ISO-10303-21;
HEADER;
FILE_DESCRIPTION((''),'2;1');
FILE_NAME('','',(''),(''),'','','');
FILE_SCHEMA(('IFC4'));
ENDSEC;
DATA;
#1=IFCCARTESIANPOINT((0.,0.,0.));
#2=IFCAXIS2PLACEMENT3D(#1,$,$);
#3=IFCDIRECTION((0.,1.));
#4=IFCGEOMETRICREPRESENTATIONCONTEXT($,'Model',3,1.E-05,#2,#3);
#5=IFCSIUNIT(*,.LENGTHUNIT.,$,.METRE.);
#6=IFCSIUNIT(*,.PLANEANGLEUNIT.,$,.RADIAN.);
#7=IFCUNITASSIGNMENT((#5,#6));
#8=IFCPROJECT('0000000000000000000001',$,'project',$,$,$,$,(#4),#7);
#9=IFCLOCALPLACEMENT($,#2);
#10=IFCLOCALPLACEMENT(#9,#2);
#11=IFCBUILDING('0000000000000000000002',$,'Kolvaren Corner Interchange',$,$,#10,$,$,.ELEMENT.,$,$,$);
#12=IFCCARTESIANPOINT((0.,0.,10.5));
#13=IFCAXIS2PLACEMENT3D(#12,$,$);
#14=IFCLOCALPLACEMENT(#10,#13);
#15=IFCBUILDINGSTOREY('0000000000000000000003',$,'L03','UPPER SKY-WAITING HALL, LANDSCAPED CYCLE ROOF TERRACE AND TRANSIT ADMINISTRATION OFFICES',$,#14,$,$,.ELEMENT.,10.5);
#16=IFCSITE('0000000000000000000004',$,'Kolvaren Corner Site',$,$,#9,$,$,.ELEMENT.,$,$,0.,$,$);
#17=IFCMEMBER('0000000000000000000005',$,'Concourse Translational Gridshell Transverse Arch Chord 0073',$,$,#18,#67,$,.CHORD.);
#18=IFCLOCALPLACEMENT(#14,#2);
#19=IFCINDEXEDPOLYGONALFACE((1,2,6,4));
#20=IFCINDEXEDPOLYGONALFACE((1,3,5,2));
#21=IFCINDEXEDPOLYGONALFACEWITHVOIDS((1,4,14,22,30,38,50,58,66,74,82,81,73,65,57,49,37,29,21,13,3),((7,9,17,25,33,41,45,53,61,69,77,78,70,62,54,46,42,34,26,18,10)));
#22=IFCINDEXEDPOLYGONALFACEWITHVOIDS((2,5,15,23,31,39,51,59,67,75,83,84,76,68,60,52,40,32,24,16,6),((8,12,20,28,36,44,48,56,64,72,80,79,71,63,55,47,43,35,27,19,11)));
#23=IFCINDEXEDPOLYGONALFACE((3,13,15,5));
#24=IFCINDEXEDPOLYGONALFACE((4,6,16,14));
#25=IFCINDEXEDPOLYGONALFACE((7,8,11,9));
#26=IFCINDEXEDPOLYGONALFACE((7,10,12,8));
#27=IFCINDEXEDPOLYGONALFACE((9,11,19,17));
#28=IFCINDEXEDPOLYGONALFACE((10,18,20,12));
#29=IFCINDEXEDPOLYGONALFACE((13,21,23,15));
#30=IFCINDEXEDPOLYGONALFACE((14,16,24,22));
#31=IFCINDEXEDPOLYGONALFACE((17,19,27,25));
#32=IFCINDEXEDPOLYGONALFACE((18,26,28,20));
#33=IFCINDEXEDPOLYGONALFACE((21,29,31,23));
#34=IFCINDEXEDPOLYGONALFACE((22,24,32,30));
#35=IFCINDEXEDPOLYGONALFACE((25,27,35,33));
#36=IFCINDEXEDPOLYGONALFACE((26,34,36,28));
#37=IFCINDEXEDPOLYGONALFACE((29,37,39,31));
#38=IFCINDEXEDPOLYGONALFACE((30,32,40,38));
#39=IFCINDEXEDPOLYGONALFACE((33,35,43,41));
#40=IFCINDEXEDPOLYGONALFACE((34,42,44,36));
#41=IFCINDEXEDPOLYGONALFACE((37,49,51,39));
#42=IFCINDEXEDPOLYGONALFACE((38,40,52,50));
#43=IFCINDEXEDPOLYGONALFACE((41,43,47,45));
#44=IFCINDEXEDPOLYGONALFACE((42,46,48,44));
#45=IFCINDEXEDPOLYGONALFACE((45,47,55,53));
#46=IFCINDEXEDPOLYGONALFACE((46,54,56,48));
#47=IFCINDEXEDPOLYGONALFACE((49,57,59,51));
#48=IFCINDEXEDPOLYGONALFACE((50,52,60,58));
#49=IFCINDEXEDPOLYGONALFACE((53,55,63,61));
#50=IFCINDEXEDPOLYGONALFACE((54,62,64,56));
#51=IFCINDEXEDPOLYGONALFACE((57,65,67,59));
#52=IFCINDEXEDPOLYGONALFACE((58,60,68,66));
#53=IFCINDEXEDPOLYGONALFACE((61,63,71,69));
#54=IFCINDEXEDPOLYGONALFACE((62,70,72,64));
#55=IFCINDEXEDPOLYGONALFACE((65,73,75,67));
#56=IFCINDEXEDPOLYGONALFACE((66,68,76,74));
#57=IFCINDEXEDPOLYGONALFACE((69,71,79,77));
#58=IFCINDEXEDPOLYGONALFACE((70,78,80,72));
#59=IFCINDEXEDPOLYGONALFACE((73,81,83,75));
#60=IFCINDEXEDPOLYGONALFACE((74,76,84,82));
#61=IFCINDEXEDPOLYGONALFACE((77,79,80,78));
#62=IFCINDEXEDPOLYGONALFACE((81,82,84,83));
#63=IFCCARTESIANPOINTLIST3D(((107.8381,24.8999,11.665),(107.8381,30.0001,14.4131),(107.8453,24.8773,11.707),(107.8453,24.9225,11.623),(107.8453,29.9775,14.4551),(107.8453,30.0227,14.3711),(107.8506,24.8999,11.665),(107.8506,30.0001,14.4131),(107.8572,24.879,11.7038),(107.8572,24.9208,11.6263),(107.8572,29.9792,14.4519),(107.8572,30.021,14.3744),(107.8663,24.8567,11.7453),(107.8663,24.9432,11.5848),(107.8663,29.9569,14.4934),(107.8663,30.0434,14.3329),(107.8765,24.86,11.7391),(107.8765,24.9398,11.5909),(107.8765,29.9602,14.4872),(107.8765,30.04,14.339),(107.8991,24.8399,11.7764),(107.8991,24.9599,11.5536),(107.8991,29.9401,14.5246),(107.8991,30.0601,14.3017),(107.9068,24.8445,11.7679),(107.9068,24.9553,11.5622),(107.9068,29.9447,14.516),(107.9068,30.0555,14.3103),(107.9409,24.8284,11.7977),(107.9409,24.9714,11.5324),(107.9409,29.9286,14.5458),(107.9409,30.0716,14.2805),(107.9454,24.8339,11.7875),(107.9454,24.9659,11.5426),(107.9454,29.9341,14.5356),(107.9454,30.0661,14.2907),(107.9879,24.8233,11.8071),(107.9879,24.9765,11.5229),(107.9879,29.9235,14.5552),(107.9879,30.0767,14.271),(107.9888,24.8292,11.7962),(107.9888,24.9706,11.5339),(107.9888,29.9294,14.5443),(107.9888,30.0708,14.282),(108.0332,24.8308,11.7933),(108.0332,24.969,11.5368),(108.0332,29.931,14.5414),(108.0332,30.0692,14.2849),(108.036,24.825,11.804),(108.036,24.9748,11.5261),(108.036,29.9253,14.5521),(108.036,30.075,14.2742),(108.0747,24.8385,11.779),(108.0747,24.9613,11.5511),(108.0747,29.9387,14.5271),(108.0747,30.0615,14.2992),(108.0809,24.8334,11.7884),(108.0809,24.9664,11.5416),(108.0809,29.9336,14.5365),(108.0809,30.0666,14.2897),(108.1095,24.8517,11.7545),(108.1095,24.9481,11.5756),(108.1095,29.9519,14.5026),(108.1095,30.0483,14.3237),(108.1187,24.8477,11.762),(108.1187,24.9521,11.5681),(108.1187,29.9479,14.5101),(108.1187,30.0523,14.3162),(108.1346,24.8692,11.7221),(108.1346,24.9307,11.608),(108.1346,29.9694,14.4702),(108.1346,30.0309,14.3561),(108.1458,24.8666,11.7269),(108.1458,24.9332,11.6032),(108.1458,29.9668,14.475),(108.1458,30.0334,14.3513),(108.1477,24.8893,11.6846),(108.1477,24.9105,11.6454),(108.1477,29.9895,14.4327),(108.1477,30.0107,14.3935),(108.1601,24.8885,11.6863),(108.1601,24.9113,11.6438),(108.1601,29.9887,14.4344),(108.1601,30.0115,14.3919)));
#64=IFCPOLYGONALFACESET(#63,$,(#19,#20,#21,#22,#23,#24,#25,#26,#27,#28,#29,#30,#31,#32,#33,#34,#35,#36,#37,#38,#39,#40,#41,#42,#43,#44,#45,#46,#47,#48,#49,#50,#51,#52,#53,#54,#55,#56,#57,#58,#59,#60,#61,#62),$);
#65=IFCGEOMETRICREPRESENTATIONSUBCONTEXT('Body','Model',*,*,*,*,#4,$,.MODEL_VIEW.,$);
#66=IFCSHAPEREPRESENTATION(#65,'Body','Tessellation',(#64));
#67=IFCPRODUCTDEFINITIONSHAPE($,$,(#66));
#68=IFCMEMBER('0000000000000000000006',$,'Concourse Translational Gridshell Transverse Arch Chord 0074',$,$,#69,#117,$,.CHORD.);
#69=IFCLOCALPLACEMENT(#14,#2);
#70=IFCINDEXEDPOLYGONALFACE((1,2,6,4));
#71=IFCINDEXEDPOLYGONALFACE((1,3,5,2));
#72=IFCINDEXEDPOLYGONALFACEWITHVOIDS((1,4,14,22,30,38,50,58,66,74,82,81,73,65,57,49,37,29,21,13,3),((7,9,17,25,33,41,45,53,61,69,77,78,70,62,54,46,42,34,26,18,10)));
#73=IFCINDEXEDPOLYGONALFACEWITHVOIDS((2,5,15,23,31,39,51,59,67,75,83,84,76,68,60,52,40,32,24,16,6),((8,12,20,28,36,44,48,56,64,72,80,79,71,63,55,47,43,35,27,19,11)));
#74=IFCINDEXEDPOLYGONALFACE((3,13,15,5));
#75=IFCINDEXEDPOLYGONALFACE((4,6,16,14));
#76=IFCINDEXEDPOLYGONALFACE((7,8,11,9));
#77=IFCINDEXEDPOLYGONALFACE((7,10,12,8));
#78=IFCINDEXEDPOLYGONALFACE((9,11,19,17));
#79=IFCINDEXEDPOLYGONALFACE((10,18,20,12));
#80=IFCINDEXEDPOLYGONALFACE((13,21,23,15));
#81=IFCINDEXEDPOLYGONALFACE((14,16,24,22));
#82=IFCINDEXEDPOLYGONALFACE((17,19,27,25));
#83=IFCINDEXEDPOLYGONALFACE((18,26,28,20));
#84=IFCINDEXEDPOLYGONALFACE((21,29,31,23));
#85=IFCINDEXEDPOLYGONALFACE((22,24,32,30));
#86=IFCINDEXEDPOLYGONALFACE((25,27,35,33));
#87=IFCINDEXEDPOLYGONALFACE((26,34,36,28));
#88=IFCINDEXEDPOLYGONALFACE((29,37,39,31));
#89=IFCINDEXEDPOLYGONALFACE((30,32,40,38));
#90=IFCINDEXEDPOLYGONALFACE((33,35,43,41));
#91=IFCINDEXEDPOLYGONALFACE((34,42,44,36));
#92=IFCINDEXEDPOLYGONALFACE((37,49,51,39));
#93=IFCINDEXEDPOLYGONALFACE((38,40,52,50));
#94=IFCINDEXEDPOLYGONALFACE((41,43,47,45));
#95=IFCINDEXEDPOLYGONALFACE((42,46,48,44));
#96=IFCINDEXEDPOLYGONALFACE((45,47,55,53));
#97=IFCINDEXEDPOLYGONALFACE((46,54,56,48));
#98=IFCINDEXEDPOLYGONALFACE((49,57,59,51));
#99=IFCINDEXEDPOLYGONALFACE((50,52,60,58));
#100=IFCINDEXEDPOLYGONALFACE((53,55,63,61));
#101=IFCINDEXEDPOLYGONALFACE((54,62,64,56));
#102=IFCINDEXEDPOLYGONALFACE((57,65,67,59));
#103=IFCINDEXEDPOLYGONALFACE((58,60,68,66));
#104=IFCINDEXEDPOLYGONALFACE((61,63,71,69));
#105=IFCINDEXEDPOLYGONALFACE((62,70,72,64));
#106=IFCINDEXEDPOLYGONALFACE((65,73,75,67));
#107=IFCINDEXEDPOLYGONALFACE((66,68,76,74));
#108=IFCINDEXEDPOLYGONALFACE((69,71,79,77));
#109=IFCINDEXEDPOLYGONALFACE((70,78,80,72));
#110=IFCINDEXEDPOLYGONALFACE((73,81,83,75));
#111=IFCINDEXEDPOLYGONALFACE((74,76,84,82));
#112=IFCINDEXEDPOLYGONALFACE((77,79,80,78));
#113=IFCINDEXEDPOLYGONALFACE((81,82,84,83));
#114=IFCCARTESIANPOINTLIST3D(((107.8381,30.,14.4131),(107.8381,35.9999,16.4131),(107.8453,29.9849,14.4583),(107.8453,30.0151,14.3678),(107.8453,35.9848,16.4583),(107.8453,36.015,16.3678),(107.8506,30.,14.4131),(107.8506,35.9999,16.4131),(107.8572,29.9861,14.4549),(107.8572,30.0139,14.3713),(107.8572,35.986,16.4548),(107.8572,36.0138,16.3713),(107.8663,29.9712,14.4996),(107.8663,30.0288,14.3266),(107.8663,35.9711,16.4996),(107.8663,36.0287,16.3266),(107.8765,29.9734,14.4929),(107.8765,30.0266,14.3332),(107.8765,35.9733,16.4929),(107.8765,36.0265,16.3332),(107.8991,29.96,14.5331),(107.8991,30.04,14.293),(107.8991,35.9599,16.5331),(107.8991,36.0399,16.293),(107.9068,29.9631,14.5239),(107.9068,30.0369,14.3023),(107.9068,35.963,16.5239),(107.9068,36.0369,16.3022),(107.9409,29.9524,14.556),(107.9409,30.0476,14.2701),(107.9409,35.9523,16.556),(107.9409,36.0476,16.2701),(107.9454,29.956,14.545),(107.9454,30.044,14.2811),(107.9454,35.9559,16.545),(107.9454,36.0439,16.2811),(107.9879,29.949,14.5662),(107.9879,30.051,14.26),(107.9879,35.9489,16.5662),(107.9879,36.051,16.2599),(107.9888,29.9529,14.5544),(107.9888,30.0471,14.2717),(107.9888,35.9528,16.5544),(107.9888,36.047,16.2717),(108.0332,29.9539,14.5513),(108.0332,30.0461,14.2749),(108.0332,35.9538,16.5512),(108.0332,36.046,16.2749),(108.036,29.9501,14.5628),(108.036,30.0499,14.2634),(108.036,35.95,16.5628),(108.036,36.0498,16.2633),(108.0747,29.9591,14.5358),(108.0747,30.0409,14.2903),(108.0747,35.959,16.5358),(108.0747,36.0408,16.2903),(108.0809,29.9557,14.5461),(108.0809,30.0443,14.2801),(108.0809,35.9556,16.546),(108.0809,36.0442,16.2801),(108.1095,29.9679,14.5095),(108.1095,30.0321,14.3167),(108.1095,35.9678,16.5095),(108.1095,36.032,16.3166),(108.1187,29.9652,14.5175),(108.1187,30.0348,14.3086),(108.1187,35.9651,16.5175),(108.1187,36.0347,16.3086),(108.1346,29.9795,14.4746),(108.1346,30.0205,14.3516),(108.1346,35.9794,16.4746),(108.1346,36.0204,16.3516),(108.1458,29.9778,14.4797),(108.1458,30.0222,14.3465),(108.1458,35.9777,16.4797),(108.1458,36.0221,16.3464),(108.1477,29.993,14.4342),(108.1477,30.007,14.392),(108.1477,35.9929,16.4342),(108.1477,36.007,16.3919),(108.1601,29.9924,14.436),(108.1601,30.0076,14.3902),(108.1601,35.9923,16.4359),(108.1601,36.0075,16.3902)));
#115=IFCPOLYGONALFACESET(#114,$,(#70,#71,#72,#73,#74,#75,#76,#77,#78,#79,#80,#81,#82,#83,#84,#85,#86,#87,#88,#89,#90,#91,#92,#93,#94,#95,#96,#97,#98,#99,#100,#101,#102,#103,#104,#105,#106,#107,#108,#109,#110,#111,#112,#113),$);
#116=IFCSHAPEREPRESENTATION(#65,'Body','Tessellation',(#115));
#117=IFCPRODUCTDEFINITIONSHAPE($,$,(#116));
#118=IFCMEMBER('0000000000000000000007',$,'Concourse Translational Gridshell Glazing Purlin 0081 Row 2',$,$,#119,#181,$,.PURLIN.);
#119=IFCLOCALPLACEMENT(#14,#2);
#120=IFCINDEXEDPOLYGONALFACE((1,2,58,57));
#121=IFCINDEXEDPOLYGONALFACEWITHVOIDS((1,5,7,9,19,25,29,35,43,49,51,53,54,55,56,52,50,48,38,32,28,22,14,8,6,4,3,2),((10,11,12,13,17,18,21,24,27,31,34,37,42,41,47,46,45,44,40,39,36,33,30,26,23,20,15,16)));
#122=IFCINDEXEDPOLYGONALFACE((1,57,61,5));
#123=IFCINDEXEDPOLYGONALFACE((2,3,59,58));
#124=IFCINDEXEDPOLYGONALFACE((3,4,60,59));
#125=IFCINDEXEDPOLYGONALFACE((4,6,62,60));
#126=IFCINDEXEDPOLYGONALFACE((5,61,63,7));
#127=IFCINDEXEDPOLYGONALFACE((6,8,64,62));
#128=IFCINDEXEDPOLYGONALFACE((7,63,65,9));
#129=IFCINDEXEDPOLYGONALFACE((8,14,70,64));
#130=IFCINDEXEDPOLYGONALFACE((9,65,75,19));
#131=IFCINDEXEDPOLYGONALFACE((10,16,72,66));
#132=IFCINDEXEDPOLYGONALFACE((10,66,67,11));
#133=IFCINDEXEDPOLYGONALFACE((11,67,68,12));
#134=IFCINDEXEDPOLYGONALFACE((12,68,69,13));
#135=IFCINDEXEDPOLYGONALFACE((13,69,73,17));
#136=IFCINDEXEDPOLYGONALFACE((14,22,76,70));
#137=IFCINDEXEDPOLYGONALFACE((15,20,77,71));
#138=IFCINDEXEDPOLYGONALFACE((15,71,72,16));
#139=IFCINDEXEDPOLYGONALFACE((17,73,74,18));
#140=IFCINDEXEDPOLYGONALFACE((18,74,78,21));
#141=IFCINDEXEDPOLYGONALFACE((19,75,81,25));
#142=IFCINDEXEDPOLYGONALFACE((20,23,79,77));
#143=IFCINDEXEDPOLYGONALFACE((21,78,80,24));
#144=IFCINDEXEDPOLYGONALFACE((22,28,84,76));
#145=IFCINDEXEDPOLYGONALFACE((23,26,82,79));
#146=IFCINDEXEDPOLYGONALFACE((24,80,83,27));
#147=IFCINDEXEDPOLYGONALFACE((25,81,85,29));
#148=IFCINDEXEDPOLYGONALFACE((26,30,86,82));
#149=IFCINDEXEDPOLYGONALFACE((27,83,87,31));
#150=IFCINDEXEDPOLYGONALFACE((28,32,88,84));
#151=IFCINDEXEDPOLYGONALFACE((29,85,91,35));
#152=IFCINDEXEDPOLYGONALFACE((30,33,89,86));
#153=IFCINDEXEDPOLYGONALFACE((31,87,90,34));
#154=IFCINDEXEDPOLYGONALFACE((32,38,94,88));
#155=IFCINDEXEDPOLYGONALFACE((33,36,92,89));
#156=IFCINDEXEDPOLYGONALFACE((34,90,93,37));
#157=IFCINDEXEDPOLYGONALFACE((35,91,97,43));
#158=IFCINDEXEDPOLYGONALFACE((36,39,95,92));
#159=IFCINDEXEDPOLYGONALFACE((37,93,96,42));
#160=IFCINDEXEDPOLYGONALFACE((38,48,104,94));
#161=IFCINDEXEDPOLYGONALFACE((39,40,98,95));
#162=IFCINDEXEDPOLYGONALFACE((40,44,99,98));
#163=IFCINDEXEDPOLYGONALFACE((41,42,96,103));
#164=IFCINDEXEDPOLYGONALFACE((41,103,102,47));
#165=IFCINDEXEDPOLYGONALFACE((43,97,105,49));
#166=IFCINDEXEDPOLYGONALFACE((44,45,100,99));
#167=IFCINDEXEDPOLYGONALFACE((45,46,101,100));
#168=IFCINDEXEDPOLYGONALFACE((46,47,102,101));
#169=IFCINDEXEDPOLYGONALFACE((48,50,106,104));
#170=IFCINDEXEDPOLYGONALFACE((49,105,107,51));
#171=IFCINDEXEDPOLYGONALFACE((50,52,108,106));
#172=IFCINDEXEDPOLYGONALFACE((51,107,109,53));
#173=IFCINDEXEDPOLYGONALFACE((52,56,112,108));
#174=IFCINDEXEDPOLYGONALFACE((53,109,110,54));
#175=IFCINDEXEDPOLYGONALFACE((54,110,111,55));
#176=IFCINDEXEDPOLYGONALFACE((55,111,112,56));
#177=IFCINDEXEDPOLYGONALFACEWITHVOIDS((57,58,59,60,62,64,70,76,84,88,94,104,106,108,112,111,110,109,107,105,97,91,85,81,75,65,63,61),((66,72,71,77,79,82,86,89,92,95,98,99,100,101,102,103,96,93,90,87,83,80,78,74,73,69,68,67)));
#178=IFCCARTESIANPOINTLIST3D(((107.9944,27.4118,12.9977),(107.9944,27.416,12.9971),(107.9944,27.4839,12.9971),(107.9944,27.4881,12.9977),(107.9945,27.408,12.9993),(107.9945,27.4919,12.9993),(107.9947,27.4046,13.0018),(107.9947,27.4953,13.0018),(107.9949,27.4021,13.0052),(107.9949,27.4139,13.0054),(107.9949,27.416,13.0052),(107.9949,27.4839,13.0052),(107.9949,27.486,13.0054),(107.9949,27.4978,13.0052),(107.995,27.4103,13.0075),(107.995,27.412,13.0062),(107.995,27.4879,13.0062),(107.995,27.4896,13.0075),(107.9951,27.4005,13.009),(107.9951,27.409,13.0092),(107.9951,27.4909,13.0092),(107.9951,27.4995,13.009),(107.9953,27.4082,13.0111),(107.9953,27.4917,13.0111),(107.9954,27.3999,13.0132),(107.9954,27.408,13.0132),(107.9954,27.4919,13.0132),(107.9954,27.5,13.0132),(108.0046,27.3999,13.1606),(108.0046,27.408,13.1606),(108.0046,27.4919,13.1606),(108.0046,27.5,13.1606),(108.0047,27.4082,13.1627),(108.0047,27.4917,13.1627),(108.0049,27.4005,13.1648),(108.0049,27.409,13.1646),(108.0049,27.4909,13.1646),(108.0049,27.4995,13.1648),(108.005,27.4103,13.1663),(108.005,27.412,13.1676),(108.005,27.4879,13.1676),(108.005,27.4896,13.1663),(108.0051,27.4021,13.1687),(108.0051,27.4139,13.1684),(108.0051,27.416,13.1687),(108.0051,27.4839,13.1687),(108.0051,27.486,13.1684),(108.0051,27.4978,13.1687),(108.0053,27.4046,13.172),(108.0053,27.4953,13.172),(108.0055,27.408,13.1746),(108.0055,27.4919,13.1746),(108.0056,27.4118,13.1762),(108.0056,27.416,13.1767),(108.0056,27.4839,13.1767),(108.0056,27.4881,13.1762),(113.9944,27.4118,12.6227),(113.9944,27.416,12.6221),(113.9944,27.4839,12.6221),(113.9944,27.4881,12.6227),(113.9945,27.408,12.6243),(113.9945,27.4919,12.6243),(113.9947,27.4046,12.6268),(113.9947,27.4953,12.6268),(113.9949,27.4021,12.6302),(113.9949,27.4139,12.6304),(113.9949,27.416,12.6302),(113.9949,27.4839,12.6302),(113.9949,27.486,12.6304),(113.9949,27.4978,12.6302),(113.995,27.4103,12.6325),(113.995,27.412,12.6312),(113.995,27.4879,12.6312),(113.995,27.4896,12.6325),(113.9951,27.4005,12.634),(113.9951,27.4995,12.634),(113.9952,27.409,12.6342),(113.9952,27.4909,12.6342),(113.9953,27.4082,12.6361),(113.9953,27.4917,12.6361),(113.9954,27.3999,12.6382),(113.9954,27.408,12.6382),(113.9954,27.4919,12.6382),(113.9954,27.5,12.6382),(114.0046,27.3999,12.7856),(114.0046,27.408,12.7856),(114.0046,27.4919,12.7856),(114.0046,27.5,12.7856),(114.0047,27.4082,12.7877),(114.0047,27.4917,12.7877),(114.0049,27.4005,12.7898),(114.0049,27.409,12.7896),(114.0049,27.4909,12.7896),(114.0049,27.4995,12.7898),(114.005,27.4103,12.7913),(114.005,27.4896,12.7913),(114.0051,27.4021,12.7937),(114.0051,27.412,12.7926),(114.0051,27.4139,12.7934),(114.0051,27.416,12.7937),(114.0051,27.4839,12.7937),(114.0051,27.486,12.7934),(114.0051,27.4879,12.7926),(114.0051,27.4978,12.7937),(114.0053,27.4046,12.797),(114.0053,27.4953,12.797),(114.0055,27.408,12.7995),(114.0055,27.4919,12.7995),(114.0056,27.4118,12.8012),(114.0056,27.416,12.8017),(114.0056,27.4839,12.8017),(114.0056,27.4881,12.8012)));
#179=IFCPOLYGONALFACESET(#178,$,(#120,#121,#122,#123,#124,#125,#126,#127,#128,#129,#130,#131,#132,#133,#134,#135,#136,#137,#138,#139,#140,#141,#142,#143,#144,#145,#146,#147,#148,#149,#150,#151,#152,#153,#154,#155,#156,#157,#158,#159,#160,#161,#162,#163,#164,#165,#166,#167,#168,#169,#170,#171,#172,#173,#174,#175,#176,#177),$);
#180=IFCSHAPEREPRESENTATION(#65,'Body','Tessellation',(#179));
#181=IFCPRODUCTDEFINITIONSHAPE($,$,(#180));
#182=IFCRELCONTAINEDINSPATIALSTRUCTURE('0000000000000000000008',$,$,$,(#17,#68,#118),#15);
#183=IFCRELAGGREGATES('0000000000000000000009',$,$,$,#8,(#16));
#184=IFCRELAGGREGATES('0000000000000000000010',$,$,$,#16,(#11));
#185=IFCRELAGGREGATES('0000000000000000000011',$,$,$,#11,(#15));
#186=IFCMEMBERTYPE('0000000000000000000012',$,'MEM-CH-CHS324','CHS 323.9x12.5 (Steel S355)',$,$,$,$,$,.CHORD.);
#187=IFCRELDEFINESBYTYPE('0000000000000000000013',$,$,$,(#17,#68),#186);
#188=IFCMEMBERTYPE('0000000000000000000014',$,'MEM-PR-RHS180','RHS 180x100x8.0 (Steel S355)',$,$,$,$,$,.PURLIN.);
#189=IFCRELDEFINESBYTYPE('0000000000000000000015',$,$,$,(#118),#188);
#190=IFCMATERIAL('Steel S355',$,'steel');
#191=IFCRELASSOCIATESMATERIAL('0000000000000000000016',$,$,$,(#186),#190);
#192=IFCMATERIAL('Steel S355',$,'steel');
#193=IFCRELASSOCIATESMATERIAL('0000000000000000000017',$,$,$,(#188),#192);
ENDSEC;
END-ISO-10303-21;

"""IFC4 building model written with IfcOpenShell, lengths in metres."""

from ifc_helpers import new_model, si_unit, direction, frame, origin, origin_2d, place, context, subcontext, project, spatial, hollow_rectangle, hollow_circle, extrude, material, material_profile, profile_set, type_object, element, save


model = new_model("IFC4")

# Units and contexts
model_context = context("Model", 3, precision=1e-05, world=origin(), true_north=direction((0.0, 1.0)))
body_context = subcontext(model_context, "Body", "Model", "MODEL_VIEW")
ifc_project = project(units=[si_unit("LENGTHUNIT", "METRE"), si_unit("PLANEANGLEUNIT", "RADIAN")], contexts=[model_context])

# Site, building, storey
site_placement = place(None, origin())
site = spatial("IfcSite", under=ifc_project, at=site_placement, Name="Kolvaren Corner Site", CompositionType="ELEMENT", RefElevation=0.0)
building_placement = place(site_placement, origin())
building = spatial("IfcBuilding", under=site, at=building_placement, Name="Kolvaren Corner Interchange", CompositionType="ELEMENT")
storey_placement = place(building_placement, frame((0.0, 0.0, 10.5)))
storey = spatial("IfcBuildingStorey", under=building, at=storey_placement, Name="L03", Description="UPPER SKY-WAITING HALL, LANDSCAPED CYCLE ROOF TERRACE AND TRANSIT ADMINISTRATION OFFICES", CompositionType="ELEMENT", Elevation=10.5)

# Members
ifc_material_1 = material(Name="Steel S355", Category="steel")
ifc_material_profile_1 = material_profile(ifc_material_1, hollow_circle(Radius=0.1619, WallThickness=0.0125, at=origin_2d()), Name="CHS 323.9x12.5")
ifc_profile_set_1 = profile_set([ifc_material_profile_1], Name="Steel S355")
member_type_1 = type_object("IfcMemberType", Name="MEM-CH-CHS324", Description="CHS 323.9x12.5 (Steel S355)", PredefinedType="CHORD", material=ifc_profile_set_1)
member_1_placement = place(storey_placement, frame((108.0, 24.8999, 11.665), z_axis=(0.0, 0.880338, 0.474346), x_axis=(-1.0, 0.0, 0.0)))
element("IfcMember", 1, at=member_1_placement, inside=storey, type_object=member_type_1, Name="Concourse Translational Gridshell Transverse Arch Chord 0073", PredefinedType="CHORD", context=body_context, shape_type="SweptSolid", body=[
    extrude(hollow_circle(Radius=0.1619, WallThickness=0.0125, at=origin_2d()), origin(), (0.0, 0.0, 1.0), 5.7935),
])
member_2_placement = place(storey_placement, frame((108.0, 30.0, 14.4131), z_axis=(0.0, 0.948683, 0.316228), x_axis=(-1.0, 0.0, 0.0)))
element("IfcMember", 2, at=member_2_placement, inside=storey, type_object=member_type_1, Name="Concourse Translational Gridshell Transverse Arch Chord 0074", PredefinedType="CHORD", context=body_context, shape_type="SweptSolid", body=[
    extrude(hollow_circle(Radius=0.1619, WallThickness=0.0125, at=origin_2d()), origin(), (0.0, 0.0, 1.0), 6.3245),
])
ifc_material_2 = material(Name="Steel S355", Category="steel")
ifc_material_profile_2 = material_profile(ifc_material_2, hollow_rectangle(XDim=0.1001, YDim=0.1799, WallThickness=0.0081, InnerFilletRadius=0.0081, OuterFilletRadius=0.0161, at=origin_2d()), Name="RHS 180x100x8.0")
ifc_profile_set_2 = profile_set([ifc_material_profile_2], Name="Steel S355")
member_type_2 = type_object("IfcMemberType", Name="MEM-PR-RHS180", Description="RHS 180x100x8.0 (Steel S355)", PredefinedType="PURLIN", material=ifc_profile_set_2)
for number, where, z_axis, x_axis, name in (
    (3, (108.0, 27.45, 13.0869), (0.998053, 0.0, -0.062378), (0.0, 1.0, 0.0), "Concourse Translational Gridshell Glazing Purlin 0081 Row 2"),
):
    element("IfcMember", number, at=place(storey_placement, frame(where, z_axis=z_axis, x_axis=x_axis)), inside=storey, type_object=member_type_2, Name=name, PredefinedType="PURLIN", context=body_context, shape_type="SweptSolid", body=[
        extrude(hollow_rectangle(XDim=0.1001, YDim=0.1799, WallThickness=0.0081, InnerFilletRadius=0.0081, OuterFilletRadius=0.0161, at=origin_2d()), origin(), (0.0, 0.0, 1.0), 6.0117),
    ])

save(model, "model.ifc")
